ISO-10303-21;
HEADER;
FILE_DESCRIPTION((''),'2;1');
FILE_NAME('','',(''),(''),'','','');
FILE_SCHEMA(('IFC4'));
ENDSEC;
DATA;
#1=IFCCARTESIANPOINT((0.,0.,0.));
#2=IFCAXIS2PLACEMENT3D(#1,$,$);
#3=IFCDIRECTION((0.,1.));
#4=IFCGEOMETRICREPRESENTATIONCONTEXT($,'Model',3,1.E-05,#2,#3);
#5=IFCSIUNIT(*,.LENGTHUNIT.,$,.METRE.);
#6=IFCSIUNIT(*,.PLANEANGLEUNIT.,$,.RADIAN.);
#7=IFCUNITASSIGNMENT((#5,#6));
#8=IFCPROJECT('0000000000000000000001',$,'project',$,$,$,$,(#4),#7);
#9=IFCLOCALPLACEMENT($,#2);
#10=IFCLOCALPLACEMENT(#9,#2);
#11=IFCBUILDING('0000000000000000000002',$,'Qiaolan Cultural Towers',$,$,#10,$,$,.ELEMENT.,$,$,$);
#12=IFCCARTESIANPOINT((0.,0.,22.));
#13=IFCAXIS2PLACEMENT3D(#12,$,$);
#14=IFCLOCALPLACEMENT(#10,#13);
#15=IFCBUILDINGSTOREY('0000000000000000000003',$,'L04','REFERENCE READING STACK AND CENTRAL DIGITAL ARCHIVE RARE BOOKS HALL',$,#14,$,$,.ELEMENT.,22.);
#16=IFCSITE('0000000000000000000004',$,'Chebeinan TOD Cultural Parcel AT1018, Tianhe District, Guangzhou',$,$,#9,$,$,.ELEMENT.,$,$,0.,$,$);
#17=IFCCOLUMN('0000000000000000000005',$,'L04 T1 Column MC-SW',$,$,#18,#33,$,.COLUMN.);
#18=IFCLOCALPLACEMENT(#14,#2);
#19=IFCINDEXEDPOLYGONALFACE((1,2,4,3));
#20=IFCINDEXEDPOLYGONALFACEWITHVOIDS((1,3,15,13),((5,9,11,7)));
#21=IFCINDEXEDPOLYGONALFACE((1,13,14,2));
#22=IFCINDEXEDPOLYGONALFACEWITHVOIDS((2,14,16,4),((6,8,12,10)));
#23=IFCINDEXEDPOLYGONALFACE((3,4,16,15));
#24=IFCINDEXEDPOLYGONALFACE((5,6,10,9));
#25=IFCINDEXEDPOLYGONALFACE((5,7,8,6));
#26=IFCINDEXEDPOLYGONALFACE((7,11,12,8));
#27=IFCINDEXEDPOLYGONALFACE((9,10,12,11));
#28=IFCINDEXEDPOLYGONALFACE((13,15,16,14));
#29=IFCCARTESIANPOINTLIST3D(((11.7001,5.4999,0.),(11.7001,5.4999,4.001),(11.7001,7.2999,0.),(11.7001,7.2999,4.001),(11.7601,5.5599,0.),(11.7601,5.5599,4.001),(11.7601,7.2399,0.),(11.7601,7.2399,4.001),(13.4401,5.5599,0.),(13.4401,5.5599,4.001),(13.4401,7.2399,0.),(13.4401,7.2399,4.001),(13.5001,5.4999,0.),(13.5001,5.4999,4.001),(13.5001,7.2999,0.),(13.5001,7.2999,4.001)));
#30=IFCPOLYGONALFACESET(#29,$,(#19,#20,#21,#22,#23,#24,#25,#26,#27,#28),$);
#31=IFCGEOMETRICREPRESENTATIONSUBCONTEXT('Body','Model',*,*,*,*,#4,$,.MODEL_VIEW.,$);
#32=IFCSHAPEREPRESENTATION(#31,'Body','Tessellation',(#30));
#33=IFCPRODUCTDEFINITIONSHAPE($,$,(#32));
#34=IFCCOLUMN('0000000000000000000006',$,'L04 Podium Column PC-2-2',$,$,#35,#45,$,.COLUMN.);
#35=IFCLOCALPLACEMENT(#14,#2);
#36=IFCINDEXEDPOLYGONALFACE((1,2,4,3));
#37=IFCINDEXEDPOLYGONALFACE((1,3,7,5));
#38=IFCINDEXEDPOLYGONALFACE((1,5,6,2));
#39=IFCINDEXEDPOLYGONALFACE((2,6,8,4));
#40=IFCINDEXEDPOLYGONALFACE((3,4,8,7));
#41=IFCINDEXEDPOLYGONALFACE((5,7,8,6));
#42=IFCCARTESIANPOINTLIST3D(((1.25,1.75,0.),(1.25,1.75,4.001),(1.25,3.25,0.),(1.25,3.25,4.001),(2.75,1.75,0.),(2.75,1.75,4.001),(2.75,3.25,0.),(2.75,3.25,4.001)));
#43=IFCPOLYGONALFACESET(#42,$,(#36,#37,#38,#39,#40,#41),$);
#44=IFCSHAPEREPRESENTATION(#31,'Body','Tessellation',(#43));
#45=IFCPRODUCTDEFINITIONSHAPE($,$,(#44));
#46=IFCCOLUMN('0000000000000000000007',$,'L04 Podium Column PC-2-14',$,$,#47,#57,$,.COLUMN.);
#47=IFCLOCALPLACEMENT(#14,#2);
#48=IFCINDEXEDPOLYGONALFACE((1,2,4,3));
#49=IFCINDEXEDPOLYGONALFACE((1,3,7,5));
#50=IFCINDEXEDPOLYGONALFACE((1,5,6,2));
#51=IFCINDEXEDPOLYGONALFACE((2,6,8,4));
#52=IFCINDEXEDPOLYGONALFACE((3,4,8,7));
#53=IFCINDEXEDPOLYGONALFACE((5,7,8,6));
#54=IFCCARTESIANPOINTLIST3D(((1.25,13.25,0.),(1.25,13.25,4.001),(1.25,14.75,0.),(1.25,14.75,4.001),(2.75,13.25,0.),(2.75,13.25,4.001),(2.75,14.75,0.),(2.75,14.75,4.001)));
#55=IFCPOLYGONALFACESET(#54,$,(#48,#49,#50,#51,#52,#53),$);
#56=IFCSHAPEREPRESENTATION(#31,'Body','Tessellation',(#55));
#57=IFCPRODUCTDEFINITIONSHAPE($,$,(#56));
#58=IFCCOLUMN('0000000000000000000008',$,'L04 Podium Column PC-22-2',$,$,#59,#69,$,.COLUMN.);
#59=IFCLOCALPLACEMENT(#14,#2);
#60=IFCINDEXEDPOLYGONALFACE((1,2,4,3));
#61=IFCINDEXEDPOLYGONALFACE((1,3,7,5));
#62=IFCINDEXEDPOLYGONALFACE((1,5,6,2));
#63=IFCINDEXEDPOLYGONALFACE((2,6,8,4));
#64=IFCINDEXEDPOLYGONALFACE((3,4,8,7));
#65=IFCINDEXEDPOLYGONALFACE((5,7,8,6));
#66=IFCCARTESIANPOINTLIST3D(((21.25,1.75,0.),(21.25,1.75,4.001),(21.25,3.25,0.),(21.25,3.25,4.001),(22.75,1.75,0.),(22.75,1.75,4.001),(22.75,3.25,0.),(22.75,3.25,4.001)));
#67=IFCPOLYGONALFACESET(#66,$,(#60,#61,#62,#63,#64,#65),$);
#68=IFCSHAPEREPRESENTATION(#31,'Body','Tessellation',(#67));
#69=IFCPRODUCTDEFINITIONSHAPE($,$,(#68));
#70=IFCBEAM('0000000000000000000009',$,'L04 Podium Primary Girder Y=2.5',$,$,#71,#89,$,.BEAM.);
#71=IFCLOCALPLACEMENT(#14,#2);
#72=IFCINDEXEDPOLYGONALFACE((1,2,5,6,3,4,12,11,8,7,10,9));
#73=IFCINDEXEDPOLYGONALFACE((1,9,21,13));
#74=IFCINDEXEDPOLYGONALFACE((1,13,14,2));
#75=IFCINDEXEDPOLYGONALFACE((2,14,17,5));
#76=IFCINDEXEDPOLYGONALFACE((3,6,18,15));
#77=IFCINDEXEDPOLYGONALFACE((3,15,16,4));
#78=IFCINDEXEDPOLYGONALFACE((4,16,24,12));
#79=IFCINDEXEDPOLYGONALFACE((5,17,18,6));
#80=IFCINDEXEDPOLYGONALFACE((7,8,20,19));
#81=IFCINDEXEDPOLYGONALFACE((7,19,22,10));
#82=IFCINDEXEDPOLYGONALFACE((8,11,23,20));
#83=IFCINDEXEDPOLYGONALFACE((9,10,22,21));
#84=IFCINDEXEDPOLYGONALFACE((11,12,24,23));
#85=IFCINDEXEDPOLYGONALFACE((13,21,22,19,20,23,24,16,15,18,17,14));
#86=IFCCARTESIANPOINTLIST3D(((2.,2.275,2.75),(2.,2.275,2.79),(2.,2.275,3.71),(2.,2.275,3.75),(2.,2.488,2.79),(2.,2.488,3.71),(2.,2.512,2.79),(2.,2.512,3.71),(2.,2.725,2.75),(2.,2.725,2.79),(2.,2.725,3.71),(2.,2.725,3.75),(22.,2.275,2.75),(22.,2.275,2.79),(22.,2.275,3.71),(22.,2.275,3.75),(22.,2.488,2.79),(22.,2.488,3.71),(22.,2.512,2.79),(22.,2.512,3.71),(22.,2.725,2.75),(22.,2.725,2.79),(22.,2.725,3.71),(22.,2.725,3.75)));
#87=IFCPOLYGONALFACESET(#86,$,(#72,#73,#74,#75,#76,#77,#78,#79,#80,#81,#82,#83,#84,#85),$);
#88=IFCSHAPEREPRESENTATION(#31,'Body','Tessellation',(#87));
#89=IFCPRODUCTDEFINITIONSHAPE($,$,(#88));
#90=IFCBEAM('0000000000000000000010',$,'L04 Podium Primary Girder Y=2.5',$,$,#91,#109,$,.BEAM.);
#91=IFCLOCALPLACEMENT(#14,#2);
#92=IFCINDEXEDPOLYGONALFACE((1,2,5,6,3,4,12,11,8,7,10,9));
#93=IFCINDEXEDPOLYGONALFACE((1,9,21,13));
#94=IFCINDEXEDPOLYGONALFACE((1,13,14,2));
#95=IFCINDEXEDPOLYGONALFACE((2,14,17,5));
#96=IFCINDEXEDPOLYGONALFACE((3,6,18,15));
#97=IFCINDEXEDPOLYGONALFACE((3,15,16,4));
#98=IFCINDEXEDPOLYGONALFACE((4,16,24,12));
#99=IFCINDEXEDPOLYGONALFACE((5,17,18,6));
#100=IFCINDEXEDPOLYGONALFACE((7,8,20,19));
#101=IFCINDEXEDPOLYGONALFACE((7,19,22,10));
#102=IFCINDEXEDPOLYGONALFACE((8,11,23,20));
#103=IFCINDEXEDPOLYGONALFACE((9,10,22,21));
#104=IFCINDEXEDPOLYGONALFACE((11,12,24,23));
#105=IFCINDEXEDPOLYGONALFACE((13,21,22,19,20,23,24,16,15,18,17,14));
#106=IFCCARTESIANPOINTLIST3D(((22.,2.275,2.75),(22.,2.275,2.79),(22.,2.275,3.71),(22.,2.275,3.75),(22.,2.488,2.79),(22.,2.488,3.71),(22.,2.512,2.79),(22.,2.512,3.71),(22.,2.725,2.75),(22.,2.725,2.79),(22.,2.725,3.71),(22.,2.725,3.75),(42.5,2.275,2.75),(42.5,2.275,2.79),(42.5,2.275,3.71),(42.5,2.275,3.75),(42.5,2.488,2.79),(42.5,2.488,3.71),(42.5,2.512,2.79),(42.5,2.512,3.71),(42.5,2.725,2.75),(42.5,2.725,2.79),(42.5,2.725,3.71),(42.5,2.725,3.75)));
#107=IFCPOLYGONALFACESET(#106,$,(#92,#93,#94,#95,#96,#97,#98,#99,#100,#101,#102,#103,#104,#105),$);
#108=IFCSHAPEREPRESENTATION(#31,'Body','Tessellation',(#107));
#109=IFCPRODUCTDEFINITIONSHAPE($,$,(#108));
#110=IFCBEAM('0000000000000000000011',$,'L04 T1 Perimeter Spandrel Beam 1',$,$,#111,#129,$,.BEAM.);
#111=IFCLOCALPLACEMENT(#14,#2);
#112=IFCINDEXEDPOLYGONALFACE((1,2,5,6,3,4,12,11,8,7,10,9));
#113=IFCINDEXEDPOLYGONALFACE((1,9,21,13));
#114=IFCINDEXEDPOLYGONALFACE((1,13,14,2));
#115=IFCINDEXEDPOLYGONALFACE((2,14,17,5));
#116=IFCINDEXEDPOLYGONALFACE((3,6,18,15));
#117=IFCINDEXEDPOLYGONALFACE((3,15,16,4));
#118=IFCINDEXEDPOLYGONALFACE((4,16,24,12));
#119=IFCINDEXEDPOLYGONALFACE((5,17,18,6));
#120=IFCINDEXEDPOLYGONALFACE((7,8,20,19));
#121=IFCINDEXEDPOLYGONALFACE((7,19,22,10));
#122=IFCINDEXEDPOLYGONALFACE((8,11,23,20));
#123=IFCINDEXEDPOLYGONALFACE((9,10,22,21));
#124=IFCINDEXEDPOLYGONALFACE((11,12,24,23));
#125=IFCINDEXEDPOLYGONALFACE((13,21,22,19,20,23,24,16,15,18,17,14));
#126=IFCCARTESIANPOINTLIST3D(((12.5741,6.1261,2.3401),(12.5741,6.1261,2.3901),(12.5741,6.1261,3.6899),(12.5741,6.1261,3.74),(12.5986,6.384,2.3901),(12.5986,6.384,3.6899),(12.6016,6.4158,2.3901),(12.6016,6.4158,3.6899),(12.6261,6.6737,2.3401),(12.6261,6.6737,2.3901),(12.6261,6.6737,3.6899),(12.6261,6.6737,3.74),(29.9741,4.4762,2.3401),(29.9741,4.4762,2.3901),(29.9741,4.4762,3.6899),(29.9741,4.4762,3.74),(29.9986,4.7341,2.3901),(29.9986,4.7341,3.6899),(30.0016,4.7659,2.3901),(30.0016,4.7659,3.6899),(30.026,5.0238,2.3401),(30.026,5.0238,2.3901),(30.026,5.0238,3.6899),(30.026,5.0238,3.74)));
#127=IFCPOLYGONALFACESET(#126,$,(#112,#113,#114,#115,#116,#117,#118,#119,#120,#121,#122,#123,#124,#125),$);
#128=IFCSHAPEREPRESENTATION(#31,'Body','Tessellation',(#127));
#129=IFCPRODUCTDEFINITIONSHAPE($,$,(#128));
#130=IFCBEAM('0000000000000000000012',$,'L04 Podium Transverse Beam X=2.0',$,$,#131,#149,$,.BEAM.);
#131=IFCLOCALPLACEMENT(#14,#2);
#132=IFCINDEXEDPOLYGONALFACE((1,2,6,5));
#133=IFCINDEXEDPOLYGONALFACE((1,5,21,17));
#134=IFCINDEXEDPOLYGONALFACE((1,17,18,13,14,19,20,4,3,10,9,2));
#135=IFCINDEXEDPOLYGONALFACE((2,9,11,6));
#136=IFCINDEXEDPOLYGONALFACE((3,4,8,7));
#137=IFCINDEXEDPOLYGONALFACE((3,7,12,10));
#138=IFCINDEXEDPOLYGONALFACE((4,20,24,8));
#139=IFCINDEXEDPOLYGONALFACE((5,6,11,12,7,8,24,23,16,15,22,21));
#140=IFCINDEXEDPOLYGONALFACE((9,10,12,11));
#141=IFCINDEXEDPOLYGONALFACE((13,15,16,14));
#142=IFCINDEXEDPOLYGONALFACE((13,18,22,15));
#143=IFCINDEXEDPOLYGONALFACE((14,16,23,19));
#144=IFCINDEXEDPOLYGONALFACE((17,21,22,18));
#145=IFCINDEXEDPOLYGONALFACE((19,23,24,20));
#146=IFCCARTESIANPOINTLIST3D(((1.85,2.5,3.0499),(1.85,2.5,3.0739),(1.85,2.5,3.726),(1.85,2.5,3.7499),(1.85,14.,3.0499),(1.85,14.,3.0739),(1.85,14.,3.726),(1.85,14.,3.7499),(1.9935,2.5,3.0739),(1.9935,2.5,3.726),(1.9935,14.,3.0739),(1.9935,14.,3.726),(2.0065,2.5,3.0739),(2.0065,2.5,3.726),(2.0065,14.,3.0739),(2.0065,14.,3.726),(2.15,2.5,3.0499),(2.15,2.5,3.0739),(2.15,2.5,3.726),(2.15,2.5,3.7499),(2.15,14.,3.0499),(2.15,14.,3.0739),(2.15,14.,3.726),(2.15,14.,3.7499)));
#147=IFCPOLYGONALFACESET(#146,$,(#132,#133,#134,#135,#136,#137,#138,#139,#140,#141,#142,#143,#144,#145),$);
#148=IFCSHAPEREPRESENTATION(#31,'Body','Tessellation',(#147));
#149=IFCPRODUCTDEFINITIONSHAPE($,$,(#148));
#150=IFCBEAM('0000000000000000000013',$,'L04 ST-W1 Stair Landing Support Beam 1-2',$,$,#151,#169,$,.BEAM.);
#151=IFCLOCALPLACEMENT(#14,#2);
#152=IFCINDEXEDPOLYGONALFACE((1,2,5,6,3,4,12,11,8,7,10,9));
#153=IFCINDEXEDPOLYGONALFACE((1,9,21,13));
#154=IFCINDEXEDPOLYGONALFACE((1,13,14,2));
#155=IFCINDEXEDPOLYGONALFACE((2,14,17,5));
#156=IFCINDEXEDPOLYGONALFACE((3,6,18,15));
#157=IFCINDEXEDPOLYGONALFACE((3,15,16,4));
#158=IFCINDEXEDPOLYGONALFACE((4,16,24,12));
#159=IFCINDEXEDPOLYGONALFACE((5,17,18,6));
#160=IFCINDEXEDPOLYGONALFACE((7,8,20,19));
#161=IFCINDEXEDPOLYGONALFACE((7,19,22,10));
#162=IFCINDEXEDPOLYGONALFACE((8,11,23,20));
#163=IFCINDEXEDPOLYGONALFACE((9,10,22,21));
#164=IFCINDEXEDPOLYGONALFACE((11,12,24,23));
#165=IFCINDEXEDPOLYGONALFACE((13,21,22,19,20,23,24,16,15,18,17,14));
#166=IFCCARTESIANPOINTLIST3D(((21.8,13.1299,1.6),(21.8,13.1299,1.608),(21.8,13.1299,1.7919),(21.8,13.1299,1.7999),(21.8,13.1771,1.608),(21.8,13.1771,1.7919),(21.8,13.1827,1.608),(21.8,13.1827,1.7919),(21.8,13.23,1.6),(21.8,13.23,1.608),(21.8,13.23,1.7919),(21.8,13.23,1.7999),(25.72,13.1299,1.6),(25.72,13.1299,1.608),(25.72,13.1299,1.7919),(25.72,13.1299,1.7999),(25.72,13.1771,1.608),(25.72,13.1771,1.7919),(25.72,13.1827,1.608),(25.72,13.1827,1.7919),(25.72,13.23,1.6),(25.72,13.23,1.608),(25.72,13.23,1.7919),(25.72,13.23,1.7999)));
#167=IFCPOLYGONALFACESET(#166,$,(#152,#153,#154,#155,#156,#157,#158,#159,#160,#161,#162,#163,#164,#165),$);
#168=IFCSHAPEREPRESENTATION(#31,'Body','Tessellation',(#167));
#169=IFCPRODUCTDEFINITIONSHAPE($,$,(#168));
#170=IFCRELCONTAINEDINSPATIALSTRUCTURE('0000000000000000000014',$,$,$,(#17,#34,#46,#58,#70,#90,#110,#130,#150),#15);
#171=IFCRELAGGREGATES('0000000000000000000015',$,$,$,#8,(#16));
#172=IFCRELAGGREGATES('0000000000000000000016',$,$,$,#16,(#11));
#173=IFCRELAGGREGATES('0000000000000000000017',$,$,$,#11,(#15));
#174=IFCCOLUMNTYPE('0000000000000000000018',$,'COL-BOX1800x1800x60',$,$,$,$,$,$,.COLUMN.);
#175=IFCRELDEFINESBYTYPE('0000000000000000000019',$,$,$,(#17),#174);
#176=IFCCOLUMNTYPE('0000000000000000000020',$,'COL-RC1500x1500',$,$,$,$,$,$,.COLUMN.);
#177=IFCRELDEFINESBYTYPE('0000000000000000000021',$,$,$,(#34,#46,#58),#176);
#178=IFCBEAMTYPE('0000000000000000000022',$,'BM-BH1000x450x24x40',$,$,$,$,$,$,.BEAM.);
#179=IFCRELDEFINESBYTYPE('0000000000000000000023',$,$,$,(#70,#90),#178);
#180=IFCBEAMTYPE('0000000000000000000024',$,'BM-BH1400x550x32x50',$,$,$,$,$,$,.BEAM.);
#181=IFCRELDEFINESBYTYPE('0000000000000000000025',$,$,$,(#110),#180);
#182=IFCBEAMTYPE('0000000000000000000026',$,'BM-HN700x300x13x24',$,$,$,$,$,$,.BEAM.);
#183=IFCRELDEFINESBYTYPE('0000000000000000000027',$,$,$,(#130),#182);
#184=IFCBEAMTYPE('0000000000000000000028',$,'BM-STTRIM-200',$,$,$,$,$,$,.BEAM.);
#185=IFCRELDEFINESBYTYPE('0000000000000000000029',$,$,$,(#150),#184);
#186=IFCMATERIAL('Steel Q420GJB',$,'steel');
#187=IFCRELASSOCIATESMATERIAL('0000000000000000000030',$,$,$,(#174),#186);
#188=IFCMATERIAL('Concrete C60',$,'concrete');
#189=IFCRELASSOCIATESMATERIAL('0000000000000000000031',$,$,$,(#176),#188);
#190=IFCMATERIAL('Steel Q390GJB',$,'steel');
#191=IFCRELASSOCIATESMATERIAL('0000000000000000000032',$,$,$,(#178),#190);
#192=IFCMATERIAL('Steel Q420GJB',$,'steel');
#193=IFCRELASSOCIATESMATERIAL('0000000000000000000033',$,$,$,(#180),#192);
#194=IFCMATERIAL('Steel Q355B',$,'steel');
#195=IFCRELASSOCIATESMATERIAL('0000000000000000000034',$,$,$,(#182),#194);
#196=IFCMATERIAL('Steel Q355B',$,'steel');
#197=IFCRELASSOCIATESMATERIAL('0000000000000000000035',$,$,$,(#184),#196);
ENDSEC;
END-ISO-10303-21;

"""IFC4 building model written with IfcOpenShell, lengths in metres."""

from ifc_helpers import new_model, si_unit, direction, frame, origin, origin_2d, place, context, subcontext, project, spatial, rectangle, hollow_rectangle, i_section, extrude, material, material_profile, profile_set, type_object, element, save


model = new_model("IFC4")

# Units and contexts
model_context = context("Model", 3, precision=1e-05, world=origin(), true_north=direction((0.0, 1.0)))
body_context = subcontext(model_context, "Body", "Model", "MODEL_VIEW")
ifc_project = project(units=[si_unit("LENGTHUNIT", "METRE"), si_unit("PLANEANGLEUNIT", "RADIAN")], contexts=[model_context])

# Site, building, storey
site_placement = place(None, origin())
site = spatial("IfcSite", under=ifc_project, at=site_placement, Name="Chebeinan TOD Cultural Parcel AT1018, Tianhe District, Guangzhou", CompositionType="ELEMENT", RefElevation=0.0)
building_placement = place(site_placement, origin())
building = spatial("IfcBuilding", under=site, at=building_placement, Name="Qiaolan Cultural Towers", CompositionType="ELEMENT")
storey_placement = place(building_placement, frame((0.0, 0.0, 22.0)))
storey = spatial("IfcBuildingStorey", under=building, at=storey_placement, Name="L04", Description="REFERENCE READING STACK AND CENTRAL DIGITAL ARCHIVE RARE BOOKS HALL", CompositionType="ELEMENT", Elevation=22.0)

# Columns
ifc_material_1 = material(Name="Steel Q420GJB", Category="steel")
ifc_material_profile_1 = material_profile(ifc_material_1, hollow_rectangle(XDim=1.8, YDim=1.8, WallThickness=0.0601, at=origin_2d()), Name="BOX1800x1800x60")
ifc_profile_set_1 = profile_set([ifc_material_profile_1], Name="Steel Q420GJB")
column_type_1 = type_object("IfcColumnType", Name="COL-BOX1800x1800x60", PredefinedType="COLUMN", material=ifc_profile_set_1)
column_placement = place(storey_placement, frame((12.6001, 6.3999, 0.0), z_axis=(0.0, 0.0, 1.0), x_axis=(1.0, 0.0, 0.0)))
element("IfcColumn", 1, at=column_placement, inside=storey, type_object=column_type_1, Name="L04 T1 Column MC-SW", PredefinedType="COLUMN", context=body_context, shape_type="SweptSolid", body=[
    extrude(hollow_rectangle(XDim=1.8, YDim=1.8, WallThickness=0.0601, at=origin_2d()), origin(), (0.0, 0.0, 1.0), 4.001),
])
ifc_material_2 = material(Name="Concrete C60", Category="concrete")
ifc_material_profile_2 = material_profile(ifc_material_2, rectangle(XDim=1.5, YDim=1.5, at=origin_2d()), Name="RC1500x1500")
ifc_profile_set_2 = profile_set([ifc_material_profile_2], Name="Concrete C60")
column_type_2 = type_object("IfcColumnType", Name="COL-RC1500x1500", PredefinedType="COLUMN", material=ifc_profile_set_2)
for number, where, z_axis, x_axis, name in (
    (2, (2.0, 2.5, 0.0), (0.0, 0.0, 1.0), (1.0, 0.0, 0.0), "L04 Podium Column PC-2-2"),
    (3, (2.0, 14.0, 0.0), (0.0, 0.0, 1.0), (1.0, 0.0, 0.0), "L04 Podium Column PC-2-14"),
    (4, (22.0, 2.5, 0.0), (0.0, 0.0, 1.0), (1.0, 0.0, 0.0), "L04 Podium Column PC-22-2"),
):
    element("IfcColumn", number, at=place(storey_placement, frame(where, z_axis=z_axis, x_axis=x_axis)), inside=storey, type_object=column_type_2, Name=name, PredefinedType="COLUMN", context=body_context, shape_type="SweptSolid", body=[
        extrude(rectangle(XDim=1.5, YDim=1.5, at=origin_2d()), origin(), (0.0, 0.0, 1.0), 4.001),
    ])

# Beams
ifc_material_3 = material(Name="Steel Q390GJB", Category="steel")
ifc_material_profile_3 = material_profile(ifc_material_3, i_section(OverallWidth=0.45, OverallDepth=1.0, WebThickness=0.0239, FlangeThickness=0.04, at=origin_2d()), Name="BH1000x450x24x40")
ifc_profile_set_3 = profile_set([ifc_material_profile_3], Name="Steel Q390GJB")
beam_type_1 = type_object("IfcBeamType", Name="BM-BH1000x450x24x40", PredefinedType="BEAM", material=ifc_profile_set_3)
beam_1_placement = place(storey_placement, frame((2.0, 2.5, 3.25), z_axis=(1.0, 0.0, 0.0), x_axis=(0.0, 1.0, 0.0)))
element("IfcBeam", 5, at=beam_1_placement, inside=storey, type_object=beam_type_1, Name="L04 Podium Primary Girder Y=2.5", PredefinedType="BEAM", context=body_context, shape_type="SweptSolid", body=[
    extrude(i_section(OverallWidth=0.45, OverallDepth=1.0, WebThickness=0.0239, FlangeThickness=0.04, at=origin_2d()), origin(), (0.0, 0.0, 1.0), 20.0),
])
beam_2_placement = place(storey_placement, frame((22.0, 2.5, 3.25), z_axis=(1.0, 0.0, 0.0), x_axis=(0.0, 1.0, 0.0)))
element("IfcBeam", 6, at=beam_2_placement, inside=storey, type_object=beam_type_1, Name="L04 Podium Primary Girder Y=2.5", PredefinedType="BEAM", context=body_context, shape_type="SweptSolid", body=[
    extrude(i_section(OverallWidth=0.45, OverallDepth=1.0, WebThickness=0.0239, FlangeThickness=0.04, at=origin_2d()), origin(), (0.0, 0.0, 1.0), 20.5),
])
ifc_material_4 = material(Name="Steel Q420GJB", Category="steel")
ifc_material_profile_4 = material_profile(ifc_material_4, i_section(OverallWidth=0.55, OverallDepth=1.3999, WebThickness=0.032, FlangeThickness=0.05, at=origin_2d()), Name="BH1400x550x32x50")
ifc_profile_set_4 = profile_set([ifc_material_profile_4], Name="Steel Q420GJB")
beam_type_2 = type_object("IfcBeamType", Name="BM-BH1400x550x32x50", PredefinedType="BEAM", material=ifc_profile_set_4)
beam_3_placement = place(storey_placement, frame((12.6001, 6.3999, 3.04), z_axis=(0.995534, -0.094399, 0.0), x_axis=(0.094399, 0.995534, 0.0)))
element("IfcBeam", 7, at=beam_3_placement, inside=storey, type_object=beam_type_2, Name="L04 T1 Perimeter Spandrel Beam 1", PredefinedType="BEAM", context=body_context, shape_type="SweptSolid", body=[
    extrude(i_section(OverallWidth=0.55, OverallDepth=1.3999, WebThickness=0.032, FlangeThickness=0.05, at=origin_2d()), origin(), (0.0, 0.0, 1.0), 17.478),
])
ifc_material_5 = material(Name="Steel Q355B", Category="steel")
ifc_material_profile_5 = material_profile(ifc_material_5, i_section(OverallWidth=0.3, OverallDepth=0.7, WebThickness=0.0129, FlangeThickness=0.0239, at=origin_2d()), Name="HN700x300x13x24")
ifc_profile_set_5 = profile_set([ifc_material_profile_5], Name="Steel Q355B")
beam_type_3 = type_object("IfcBeamType", Name="BM-HN700x300x13x24", PredefinedType="BEAM", material=ifc_profile_set_5)
beam_4_placement = place(storey_placement, frame((2.0, 2.5, 3.3999), z_axis=(0.0, 1.0, 0.0), x_axis=(-1.0, 0.0, 0.0)))
element("IfcBeam", 8, at=beam_4_placement, inside=storey, type_object=beam_type_3, Name="L04 Podium Transverse Beam X=2.0", PredefinedType="BEAM", context=body_context, shape_type="SweptSolid", body=[
    extrude(i_section(OverallWidth=0.3, OverallDepth=0.7, WebThickness=0.0129, FlangeThickness=0.0239, at=origin_2d()), origin(), (0.0, 0.0, 1.0), 11.5),
])
ifc_material_6 = material(Name="Steel Q355B", Category="steel")
ifc_material_profile_6 = material_profile(ifc_material_6, i_section(OverallWidth=0.1001, OverallDepth=0.2, WebThickness=0.0056, FlangeThickness=0.0081, at=origin_2d()), Name="HN200x100x5.5x8")
ifc_profile_set_6 = profile_set([ifc_material_profile_6], Name="Steel Q355B")
beam_type_4 = type_object("IfcBeamType", Name="BM-STTRIM-200", PredefinedType="BEAM", material=ifc_profile_set_6)
beam_5_placement = place(storey_placement, frame((21.8, 13.1799, 1.7), z_axis=(1.0, 0.0, 0.0), x_axis=(0.0, 1.0, 0.0)))
element("IfcBeam", 9, at=beam_5_placement, inside=storey, type_object=beam_type_4, Name="L04 ST-W1 Stair Landing Support Beam 1-2", PredefinedType="BEAM", context=body_context, shape_type="SweptSolid", body=[
    extrude(i_section(OverallWidth=0.1001, OverallDepth=0.2, WebThickness=0.0056, FlangeThickness=0.0081, at=origin_2d()), origin(), (0.0, 0.0, 1.0), 3.9199),
])

save(model, "model.ifc")
